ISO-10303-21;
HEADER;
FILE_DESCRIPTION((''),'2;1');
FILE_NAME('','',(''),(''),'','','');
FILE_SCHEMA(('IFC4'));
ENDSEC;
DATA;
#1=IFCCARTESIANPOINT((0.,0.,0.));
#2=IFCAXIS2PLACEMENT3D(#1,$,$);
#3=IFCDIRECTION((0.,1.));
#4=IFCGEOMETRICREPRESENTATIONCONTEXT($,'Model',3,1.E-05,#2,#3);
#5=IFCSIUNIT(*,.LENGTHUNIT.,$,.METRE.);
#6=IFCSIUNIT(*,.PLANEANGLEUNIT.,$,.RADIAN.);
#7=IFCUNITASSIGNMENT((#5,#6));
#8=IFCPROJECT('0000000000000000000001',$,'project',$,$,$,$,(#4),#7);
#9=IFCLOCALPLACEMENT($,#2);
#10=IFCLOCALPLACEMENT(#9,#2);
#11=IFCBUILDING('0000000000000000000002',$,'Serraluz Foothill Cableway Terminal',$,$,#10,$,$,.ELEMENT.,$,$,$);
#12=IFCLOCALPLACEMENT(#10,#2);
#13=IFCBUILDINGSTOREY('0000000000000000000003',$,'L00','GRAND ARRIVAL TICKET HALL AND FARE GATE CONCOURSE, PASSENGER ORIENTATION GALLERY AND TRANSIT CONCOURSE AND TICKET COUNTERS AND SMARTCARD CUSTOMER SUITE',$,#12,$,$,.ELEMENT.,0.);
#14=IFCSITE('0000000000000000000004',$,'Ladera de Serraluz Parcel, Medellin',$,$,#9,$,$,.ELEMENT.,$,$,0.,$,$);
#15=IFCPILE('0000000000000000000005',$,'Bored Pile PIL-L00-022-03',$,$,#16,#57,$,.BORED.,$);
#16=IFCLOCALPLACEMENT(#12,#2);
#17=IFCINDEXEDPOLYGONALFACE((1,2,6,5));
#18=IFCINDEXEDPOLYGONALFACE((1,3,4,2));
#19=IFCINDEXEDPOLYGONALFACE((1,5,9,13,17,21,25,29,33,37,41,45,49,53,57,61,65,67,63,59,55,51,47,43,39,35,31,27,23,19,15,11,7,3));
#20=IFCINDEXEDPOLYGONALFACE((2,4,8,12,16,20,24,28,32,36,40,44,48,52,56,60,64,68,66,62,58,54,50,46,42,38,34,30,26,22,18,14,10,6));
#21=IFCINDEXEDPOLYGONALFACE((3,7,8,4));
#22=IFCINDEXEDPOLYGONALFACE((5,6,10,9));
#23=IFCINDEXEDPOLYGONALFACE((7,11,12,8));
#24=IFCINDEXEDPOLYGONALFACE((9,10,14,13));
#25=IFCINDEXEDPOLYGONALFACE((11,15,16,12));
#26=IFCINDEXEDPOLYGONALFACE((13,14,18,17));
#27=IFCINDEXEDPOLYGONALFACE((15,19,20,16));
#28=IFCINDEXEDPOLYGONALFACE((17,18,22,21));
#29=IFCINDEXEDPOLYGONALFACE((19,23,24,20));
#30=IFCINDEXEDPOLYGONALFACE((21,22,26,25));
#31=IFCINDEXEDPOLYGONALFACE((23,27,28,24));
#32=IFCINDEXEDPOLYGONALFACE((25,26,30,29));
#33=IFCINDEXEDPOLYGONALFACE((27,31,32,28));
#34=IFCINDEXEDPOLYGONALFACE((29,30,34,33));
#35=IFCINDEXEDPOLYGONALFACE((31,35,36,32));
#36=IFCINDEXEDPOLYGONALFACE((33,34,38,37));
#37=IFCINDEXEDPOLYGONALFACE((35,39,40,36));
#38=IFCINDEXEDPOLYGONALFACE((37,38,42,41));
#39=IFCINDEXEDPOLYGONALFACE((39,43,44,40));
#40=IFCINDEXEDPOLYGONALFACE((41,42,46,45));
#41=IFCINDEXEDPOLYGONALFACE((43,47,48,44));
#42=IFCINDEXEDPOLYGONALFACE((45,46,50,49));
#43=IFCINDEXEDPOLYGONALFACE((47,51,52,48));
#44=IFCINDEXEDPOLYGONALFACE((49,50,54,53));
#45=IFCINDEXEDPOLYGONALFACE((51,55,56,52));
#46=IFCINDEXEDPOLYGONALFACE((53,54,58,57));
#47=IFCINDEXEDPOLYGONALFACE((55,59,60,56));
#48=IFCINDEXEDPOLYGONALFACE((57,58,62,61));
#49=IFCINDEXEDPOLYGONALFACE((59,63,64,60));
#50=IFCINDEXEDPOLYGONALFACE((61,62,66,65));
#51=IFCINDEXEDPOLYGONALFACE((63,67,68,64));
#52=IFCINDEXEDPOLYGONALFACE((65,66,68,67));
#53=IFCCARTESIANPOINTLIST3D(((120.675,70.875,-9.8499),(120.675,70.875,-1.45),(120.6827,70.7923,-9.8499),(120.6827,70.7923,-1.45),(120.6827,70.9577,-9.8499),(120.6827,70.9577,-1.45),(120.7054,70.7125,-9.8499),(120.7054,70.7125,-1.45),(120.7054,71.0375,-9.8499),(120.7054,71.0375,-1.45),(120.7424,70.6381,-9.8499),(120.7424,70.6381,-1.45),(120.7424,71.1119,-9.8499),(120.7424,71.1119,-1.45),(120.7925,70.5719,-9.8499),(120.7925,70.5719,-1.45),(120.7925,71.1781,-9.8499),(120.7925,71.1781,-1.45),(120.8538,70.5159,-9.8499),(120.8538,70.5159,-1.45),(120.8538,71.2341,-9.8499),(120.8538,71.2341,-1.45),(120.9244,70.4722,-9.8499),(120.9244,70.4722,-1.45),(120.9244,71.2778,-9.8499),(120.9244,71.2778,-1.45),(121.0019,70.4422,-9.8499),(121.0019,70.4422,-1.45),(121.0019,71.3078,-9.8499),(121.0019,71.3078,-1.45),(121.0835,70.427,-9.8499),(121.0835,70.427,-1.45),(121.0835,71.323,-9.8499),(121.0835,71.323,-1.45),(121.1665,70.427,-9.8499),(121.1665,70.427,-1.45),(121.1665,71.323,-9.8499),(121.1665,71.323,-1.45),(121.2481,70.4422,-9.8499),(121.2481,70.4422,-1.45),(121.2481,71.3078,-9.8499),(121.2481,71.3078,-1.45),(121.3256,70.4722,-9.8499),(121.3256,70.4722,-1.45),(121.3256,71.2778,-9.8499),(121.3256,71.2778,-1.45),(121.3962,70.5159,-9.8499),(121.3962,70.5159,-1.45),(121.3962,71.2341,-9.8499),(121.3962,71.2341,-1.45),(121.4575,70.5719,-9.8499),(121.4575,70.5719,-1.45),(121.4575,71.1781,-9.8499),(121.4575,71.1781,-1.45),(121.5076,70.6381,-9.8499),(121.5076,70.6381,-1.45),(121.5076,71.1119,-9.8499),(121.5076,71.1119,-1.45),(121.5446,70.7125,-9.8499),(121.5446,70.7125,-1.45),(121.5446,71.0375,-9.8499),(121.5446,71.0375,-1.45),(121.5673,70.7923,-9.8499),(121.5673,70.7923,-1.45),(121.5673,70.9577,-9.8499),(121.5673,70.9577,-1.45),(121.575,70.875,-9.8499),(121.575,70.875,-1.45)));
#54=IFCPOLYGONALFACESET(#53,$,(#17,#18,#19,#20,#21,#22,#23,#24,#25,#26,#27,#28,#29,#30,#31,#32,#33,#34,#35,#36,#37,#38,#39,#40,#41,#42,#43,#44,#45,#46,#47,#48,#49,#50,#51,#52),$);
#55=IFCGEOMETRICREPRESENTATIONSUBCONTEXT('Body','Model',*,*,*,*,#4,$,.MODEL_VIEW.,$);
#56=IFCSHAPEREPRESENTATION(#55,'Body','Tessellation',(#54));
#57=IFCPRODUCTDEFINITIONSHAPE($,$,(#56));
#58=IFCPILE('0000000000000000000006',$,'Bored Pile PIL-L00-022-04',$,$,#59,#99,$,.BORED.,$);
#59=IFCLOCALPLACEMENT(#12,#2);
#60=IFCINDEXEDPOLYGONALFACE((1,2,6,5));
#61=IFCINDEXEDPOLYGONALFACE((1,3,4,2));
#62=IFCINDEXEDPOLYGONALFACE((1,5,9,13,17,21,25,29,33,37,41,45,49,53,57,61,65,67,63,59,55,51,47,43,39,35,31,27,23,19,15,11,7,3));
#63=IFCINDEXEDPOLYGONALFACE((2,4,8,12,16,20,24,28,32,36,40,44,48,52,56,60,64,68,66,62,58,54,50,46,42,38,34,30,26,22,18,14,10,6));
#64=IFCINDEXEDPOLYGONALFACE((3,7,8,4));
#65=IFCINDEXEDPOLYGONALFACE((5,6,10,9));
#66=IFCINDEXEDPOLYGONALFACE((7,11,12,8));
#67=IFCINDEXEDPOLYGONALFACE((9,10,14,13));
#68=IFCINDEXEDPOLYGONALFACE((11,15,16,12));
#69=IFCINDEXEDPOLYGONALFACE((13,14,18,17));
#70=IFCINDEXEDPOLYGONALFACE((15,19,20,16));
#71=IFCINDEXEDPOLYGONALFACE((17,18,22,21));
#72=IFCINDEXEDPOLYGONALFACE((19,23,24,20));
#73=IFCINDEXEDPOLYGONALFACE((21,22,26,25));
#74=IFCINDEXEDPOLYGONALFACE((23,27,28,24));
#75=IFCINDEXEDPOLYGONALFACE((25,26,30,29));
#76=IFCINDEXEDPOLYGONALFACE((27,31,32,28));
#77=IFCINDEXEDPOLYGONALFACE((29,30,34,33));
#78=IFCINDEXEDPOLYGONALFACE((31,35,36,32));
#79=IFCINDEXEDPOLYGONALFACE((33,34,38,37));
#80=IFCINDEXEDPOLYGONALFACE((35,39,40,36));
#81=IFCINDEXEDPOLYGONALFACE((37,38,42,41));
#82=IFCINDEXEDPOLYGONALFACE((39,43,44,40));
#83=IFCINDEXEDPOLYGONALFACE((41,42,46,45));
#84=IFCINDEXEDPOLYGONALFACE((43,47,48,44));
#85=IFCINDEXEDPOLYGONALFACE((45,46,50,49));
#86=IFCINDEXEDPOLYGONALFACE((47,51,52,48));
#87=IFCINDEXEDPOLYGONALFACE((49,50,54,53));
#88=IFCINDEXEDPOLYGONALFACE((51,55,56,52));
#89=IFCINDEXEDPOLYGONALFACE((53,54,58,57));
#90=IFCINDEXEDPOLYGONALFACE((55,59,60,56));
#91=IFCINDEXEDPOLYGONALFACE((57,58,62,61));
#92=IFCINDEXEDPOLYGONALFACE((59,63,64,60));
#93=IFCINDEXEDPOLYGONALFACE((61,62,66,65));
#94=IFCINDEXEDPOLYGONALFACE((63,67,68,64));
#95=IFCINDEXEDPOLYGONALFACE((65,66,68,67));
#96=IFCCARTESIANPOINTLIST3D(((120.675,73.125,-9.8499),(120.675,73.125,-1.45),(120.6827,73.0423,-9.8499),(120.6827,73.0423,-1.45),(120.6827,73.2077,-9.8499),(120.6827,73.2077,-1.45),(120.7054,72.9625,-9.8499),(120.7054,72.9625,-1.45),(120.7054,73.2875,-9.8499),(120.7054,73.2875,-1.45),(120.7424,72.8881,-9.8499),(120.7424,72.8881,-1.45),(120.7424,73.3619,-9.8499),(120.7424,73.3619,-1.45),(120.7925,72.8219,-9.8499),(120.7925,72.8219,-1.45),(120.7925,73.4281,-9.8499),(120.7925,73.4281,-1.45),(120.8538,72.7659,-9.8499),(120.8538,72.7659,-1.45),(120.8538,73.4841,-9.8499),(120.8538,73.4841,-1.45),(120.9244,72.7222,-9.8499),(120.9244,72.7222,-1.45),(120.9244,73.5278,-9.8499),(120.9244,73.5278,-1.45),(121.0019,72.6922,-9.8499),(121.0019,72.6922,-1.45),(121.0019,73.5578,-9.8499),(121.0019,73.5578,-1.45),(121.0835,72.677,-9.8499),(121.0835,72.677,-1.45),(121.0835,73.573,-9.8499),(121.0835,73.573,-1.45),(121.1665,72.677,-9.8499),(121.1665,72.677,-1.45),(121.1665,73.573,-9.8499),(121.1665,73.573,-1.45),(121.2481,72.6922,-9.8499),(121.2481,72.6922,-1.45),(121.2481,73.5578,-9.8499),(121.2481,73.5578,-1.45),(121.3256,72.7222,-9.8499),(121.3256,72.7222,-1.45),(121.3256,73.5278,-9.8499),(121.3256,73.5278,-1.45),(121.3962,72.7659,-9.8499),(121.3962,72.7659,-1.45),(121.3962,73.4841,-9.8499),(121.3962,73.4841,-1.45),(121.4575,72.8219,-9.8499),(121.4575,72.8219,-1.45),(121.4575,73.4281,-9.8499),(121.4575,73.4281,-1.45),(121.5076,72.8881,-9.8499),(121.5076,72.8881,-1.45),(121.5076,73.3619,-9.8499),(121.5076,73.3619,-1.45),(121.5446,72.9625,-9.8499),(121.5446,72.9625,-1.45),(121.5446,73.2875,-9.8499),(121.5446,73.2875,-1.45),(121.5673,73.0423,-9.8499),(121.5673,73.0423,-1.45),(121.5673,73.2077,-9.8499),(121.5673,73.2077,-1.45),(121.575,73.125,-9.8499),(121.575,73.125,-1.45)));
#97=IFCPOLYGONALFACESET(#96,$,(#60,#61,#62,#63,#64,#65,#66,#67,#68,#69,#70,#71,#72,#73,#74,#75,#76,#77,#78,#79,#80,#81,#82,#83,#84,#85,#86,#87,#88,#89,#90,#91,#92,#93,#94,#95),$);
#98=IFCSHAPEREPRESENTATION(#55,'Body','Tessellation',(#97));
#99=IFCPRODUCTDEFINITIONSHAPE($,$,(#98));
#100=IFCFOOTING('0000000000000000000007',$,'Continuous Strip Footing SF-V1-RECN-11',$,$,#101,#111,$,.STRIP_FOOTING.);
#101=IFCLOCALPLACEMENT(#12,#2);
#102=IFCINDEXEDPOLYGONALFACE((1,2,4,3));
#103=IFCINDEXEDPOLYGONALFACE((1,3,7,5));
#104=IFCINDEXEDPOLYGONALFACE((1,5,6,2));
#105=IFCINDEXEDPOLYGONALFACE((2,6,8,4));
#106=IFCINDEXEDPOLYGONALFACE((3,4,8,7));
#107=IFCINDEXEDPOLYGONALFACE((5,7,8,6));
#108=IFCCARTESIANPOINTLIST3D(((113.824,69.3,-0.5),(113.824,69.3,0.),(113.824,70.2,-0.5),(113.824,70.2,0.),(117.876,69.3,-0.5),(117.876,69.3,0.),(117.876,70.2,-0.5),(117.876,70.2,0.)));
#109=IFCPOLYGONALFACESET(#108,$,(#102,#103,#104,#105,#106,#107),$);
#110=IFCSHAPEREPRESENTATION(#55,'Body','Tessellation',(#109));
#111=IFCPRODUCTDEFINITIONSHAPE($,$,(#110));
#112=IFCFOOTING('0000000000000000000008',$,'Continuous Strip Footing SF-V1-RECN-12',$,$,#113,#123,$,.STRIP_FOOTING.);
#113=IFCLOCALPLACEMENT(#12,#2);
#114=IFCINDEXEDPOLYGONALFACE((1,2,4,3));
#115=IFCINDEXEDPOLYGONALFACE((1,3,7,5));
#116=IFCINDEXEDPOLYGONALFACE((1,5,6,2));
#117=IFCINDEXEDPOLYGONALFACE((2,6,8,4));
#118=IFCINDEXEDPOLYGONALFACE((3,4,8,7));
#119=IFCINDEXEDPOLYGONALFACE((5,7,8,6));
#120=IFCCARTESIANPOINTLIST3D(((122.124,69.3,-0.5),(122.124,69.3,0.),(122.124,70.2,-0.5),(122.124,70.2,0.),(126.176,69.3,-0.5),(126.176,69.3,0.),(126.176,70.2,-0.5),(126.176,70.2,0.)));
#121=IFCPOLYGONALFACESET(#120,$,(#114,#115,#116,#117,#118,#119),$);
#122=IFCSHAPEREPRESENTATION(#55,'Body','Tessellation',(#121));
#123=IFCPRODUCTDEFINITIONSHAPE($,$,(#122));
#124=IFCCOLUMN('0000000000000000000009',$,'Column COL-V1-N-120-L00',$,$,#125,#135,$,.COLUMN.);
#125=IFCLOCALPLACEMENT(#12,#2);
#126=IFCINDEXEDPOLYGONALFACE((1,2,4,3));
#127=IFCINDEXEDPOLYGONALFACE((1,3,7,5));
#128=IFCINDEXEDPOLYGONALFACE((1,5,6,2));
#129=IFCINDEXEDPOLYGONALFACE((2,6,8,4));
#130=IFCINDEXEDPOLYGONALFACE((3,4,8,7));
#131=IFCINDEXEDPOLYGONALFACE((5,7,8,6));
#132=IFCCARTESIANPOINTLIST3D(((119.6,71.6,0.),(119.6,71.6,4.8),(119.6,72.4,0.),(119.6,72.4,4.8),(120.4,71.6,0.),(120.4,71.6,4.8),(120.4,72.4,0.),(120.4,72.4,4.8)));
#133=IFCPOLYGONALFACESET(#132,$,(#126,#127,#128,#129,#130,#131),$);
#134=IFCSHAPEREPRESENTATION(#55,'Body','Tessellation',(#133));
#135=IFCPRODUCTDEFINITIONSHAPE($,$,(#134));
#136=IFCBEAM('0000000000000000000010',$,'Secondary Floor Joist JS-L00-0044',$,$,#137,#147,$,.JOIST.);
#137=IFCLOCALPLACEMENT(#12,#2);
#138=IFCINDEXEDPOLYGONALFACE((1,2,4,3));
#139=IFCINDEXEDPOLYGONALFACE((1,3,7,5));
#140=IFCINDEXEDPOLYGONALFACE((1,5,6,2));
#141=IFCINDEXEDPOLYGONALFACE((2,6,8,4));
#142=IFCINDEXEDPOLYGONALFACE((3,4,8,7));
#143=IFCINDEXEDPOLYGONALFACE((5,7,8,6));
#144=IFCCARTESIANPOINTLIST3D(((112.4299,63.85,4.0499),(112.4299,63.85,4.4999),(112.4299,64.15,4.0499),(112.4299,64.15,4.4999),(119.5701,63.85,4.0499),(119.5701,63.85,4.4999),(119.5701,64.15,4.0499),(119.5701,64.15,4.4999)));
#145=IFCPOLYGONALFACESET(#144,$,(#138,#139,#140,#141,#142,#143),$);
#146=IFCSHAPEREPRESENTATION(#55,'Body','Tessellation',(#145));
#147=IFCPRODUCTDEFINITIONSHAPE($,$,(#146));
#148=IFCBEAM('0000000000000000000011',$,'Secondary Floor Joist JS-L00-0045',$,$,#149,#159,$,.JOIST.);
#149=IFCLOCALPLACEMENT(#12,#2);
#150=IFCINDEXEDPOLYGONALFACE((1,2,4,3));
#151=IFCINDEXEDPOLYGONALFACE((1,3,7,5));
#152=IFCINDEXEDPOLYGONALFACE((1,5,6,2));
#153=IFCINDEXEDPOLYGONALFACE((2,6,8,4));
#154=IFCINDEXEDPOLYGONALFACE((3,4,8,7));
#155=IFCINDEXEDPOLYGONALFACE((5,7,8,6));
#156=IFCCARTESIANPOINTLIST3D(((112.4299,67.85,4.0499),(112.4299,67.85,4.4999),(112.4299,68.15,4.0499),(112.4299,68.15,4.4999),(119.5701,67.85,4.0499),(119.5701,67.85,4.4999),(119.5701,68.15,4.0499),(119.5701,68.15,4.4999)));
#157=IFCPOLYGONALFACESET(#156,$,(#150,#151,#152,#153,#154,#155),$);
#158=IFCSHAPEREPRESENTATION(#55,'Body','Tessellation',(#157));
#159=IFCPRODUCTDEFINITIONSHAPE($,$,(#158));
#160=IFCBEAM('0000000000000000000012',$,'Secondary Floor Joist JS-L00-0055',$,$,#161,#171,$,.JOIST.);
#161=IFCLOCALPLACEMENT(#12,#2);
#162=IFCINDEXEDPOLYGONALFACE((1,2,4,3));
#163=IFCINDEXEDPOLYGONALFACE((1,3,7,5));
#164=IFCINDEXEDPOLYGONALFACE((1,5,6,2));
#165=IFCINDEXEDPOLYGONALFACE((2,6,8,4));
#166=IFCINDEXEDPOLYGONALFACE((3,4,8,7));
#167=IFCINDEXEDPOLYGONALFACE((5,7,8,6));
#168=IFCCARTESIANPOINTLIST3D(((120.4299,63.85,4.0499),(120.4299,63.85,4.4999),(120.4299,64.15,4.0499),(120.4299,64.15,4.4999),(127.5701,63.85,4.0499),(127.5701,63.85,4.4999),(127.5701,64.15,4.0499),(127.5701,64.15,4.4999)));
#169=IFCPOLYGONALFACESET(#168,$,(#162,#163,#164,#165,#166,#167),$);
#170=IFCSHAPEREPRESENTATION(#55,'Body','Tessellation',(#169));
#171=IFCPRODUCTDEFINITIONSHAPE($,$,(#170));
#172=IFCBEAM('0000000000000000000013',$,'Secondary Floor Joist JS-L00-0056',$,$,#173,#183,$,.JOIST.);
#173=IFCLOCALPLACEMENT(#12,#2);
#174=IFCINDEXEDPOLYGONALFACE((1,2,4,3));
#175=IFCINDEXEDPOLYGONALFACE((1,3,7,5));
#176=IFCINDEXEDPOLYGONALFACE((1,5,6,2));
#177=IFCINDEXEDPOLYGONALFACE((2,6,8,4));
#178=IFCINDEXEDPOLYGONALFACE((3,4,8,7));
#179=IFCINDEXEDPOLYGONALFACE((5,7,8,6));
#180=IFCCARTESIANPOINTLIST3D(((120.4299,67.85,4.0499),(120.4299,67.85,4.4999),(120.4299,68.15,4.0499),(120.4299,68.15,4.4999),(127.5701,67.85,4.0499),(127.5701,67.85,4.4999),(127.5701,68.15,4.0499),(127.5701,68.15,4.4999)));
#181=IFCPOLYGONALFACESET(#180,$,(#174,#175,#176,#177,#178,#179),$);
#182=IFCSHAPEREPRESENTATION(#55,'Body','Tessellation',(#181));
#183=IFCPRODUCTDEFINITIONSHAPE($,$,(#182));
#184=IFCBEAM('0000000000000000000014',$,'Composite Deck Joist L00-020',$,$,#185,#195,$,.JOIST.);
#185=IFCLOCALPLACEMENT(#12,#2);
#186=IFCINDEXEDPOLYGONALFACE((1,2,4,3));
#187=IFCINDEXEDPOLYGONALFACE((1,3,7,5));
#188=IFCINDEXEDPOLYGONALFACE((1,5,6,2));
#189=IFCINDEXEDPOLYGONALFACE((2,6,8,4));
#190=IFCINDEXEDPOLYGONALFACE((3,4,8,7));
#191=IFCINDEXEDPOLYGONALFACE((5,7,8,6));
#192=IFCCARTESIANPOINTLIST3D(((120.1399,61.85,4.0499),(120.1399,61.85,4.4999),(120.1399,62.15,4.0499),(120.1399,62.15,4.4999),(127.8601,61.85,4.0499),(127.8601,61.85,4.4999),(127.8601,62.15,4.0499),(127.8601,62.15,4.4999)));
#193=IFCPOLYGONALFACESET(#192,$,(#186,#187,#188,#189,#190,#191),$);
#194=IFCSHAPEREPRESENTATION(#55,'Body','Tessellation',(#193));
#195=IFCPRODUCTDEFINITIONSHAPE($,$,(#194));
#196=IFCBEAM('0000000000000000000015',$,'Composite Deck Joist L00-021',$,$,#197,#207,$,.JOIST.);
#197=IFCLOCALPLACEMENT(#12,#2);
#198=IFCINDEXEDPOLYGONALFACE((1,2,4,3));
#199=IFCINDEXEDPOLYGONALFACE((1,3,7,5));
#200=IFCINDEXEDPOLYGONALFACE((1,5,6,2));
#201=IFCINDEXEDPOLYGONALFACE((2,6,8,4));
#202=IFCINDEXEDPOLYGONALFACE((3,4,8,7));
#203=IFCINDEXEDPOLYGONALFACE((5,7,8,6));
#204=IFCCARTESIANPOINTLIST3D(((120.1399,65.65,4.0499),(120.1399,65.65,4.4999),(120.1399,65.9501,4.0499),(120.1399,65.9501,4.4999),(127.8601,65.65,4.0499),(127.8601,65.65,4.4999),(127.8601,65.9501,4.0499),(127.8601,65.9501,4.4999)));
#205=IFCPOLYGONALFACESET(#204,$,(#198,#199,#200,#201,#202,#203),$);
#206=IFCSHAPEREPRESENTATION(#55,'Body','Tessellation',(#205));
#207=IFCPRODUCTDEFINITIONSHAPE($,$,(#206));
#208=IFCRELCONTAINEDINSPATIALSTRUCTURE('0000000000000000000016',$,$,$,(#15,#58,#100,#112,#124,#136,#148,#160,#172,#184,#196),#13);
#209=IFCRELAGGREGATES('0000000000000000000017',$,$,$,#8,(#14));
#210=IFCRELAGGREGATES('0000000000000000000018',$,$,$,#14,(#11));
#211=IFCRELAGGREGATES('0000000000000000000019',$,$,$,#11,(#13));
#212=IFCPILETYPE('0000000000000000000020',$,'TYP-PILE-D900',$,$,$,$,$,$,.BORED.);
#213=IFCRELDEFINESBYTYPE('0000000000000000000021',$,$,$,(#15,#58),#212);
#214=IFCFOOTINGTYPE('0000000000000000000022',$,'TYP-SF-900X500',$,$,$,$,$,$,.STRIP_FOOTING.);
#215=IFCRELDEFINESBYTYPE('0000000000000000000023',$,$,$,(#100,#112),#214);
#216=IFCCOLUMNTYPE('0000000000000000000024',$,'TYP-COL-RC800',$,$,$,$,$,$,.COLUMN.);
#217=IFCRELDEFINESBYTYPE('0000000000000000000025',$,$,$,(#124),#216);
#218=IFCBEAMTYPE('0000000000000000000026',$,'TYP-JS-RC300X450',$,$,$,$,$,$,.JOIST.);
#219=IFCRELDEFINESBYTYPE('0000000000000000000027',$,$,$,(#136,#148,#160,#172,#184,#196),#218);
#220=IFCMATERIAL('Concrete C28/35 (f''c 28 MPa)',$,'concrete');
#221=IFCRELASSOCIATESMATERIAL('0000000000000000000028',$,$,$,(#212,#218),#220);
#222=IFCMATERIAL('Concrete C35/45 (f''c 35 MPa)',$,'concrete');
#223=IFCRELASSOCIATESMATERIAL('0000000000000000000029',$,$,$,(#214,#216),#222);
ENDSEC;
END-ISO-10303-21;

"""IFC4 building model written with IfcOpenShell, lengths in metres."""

from ifc_helpers import new_model, si_unit, direction, frame, origin, origin_2d, place, context, subcontext, project, spatial, rectangle, circle, extrude, material, material_profile, profile_set, type_object, element, save


model = new_model("IFC4")

# Units and contexts
model_context = context("Model", 3, precision=1e-05, world=origin(), true_north=direction((0.0, 1.0)))
body_context = subcontext(model_context, "Body", "Model", "MODEL_VIEW")
ifc_project = project(units=[si_unit("LENGTHUNIT", "METRE"), si_unit("PLANEANGLEUNIT", "RADIAN")], contexts=[model_context])

# Site, building, storey
site_placement = place(None, origin())
site = spatial("IfcSite", under=ifc_project, at=site_placement, Name="Ladera de Serraluz Parcel, Medellin", CompositionType="ELEMENT", RefElevation=0.0)
building_placement = place(site_placement, origin())
building = spatial("IfcBuilding", under=site, at=building_placement, Name="Serraluz Foothill Cableway Terminal", CompositionType="ELEMENT")
storey_placement = place(building_placement, origin())
storey = spatial("IfcBuildingStorey", under=building, at=storey_placement, Name="L00", Description="GRAND ARRIVAL TICKET HALL AND FARE GATE CONCOURSE, PASSENGER ORIENTATION GALLERY AND TRANSIT CONCOURSE AND TICKET COUNTERS AND SMARTCARD CUSTOMER SUITE", CompositionType="ELEMENT", Elevation=0.0)

# Shared definitions
ifc_material_1 = material(Name="Concrete C35/45 (f'c 35 MPa)", Category="concrete")

# Piles
ifc_material_2 = material(Name="Concrete C28/35 (f'c 28 MPa)", Category="concrete")
ifc_material_profile_1 = material_profile(ifc_material_2, circle(Radius=0.45, at=origin_2d()), Name="BORED PILE D900")
ifc_profile_set_1 = profile_set([ifc_material_profile_1], Name="Concrete C28/35 (f'c 28 MPa)")
pile_type_1 = type_object("IfcPileType", Name="TYP-PILE-D900", PredefinedType="BORED", material=ifc_profile_set_1)
for number, where, z_axis, x_axis, name in (
    (1, (121.125, 70.875, -1.45), (0.0, 0.0, -1.0), (1.0, 0.0, 0.0), "Bored Pile PIL-L00-022-03"),
    (2, (121.125, 73.125, -1.45), (0.0, 0.0, -1.0), (1.0, 0.0, 0.0), "Bored Pile PIL-L00-022-04"),
):
    element("IfcPile", number, at=place(storey_placement, frame(where, z_axis=z_axis, x_axis=x_axis)), inside=storey, type_object=pile_type_1, Name=name, PredefinedType="BORED", context=body_context, shape_type="SweptSolid", body=[
        extrude(circle(Radius=0.45, at=origin_2d()), origin(), (0.0, 0.0, 1.0), 8.3999),
    ])

# Footings
ifc_material_profile_2 = material_profile(ifc_material_1, rectangle(XDim=0.8999, YDim=0.5, at=origin_2d()), Name="SF 900x500")
ifc_profile_set_2 = profile_set([ifc_material_profile_2], Name="Concrete C35/45 (f'c 35 MPa)")
footing_type_1 = type_object("IfcFootingType", Name="TYP-SF-900X500", PredefinedType="STRIP_FOOTING", material=ifc_profile_set_2)
for number, where, z_axis, x_axis, name in (
    (3, (113.824, 69.75, -0.25), (1.0, 0.0, 0.0), (0.0, 1.0, 0.0), "Continuous Strip Footing SF-V1-RECN-11"),
    (4, (122.124, 69.75, -0.25), (1.0, 0.0, 0.0), (0.0, 1.0, 0.0), "Continuous Strip Footing SF-V1-RECN-12"),
):
    element("IfcFooting", number, at=place(storey_placement, frame(where, z_axis=z_axis, x_axis=x_axis)), inside=storey, type_object=footing_type_1, Name=name, PredefinedType="STRIP_FOOTING", context=body_context, shape_type="SweptSolid", body=[
        extrude(rectangle(XDim=0.8999, YDim=0.5, at=origin_2d()), origin(), (0.0, 0.0, 1.0), 4.052),
    ])

# Column
ifc_material_profile_3 = material_profile(ifc_material_1, rectangle(XDim=0.8, YDim=0.8, at=origin_2d()), Name="RC 800x800")
ifc_profile_set_3 = profile_set([ifc_material_profile_3], Name="Concrete C35/45 (f'c 35 MPa)")
column_type = type_object("IfcColumnType", Name="TYP-COL-RC800", PredefinedType="COLUMN", material=ifc_profile_set_3)
column_placement = place(storey_placement, frame((120.0, 72.0, 0.0), z_axis=(0.0, 0.0, 1.0), x_axis=(1.0, 0.0, 0.0)))
element("IfcColumn", 5, at=column_placement, inside=storey, type_object=column_type, Name="Column COL-V1-N-120-L00", PredefinedType="COLUMN", context=body_context, shape_type="SweptSolid", body=[
    extrude(rectangle(XDim=0.8, YDim=0.8, at=origin_2d()), origin(), (0.0, 0.0, 1.0), 4.8),
])

# Beams
ifc_material_profile_4 = material_profile(ifc_material_2, rectangle(XDim=0.3, YDim=0.45, at=origin_2d()), Name="RC 300x450")
ifc_profile_set_4 = profile_set([ifc_material_profile_4], Name="Concrete C28/35 (f'c 28 MPa)")
beam_type_1 = type_object("IfcBeamType", Name="TYP-JS-RC300X450", PredefinedType="JOIST", material=ifc_profile_set_4)
for number, where, z_axis, x_axis, name in (
    (6, (112.4299, 64.0, 4.2749), (1.0, 0.0, 0.0), (0.0, 1.0, 0.0), "Secondary Floor Joist JS-L00-0044"),
    (7, (112.4299, 68.0, 4.2749), (1.0, 0.0, 0.0), (0.0, 1.0, 0.0), "Secondary Floor Joist JS-L00-0045"),
    (8, (120.4299, 64.0, 4.2749), (1.0, 0.0, 0.0), (0.0, 1.0, 0.0), "Secondary Floor Joist JS-L00-0055"),
    (9, (120.4299, 68.0, 4.2749), (1.0, 0.0, 0.0), (0.0, 1.0, 0.0), "Secondary Floor Joist JS-L00-0056"),
):
    element("IfcBeam", number, at=place(storey_placement, frame(where, z_axis=z_axis, x_axis=x_axis)), inside=storey, type_object=beam_type_1, Name=name, PredefinedType="JOIST", context=body_context, shape_type="SweptSolid", body=[
        extrude(rectangle(XDim=0.3, YDim=0.45, at=origin_2d()), origin(), (0.0, 0.0, 1.0), 7.1401),
    ])
for number, where, z_axis, x_axis, name in (
    (10, (120.1399, 62.0, 4.2749), (1.0, 0.0, 0.0), (0.0, 1.0, 0.0), "Composite Deck Joist L00-020"),
    (11, (120.1399, 65.8, 4.2749), (1.0, 0.0, 0.0), (0.0, 1.0, 0.0), "Composite Deck Joist L00-021"),
):
    element("IfcBeam", number, at=place(storey_placement, frame(where, z_axis=z_axis, x_axis=x_axis)), inside=storey, type_object=beam_type_1, Name=name, PredefinedType="JOIST", context=body_context, shape_type="SweptSolid", body=[
        extrude(rectangle(XDim=0.3, YDim=0.45, at=origin_2d()), origin(), (0.0, 0.0, 1.0), 7.7202),
    ])

save(model, "model.ifc")
